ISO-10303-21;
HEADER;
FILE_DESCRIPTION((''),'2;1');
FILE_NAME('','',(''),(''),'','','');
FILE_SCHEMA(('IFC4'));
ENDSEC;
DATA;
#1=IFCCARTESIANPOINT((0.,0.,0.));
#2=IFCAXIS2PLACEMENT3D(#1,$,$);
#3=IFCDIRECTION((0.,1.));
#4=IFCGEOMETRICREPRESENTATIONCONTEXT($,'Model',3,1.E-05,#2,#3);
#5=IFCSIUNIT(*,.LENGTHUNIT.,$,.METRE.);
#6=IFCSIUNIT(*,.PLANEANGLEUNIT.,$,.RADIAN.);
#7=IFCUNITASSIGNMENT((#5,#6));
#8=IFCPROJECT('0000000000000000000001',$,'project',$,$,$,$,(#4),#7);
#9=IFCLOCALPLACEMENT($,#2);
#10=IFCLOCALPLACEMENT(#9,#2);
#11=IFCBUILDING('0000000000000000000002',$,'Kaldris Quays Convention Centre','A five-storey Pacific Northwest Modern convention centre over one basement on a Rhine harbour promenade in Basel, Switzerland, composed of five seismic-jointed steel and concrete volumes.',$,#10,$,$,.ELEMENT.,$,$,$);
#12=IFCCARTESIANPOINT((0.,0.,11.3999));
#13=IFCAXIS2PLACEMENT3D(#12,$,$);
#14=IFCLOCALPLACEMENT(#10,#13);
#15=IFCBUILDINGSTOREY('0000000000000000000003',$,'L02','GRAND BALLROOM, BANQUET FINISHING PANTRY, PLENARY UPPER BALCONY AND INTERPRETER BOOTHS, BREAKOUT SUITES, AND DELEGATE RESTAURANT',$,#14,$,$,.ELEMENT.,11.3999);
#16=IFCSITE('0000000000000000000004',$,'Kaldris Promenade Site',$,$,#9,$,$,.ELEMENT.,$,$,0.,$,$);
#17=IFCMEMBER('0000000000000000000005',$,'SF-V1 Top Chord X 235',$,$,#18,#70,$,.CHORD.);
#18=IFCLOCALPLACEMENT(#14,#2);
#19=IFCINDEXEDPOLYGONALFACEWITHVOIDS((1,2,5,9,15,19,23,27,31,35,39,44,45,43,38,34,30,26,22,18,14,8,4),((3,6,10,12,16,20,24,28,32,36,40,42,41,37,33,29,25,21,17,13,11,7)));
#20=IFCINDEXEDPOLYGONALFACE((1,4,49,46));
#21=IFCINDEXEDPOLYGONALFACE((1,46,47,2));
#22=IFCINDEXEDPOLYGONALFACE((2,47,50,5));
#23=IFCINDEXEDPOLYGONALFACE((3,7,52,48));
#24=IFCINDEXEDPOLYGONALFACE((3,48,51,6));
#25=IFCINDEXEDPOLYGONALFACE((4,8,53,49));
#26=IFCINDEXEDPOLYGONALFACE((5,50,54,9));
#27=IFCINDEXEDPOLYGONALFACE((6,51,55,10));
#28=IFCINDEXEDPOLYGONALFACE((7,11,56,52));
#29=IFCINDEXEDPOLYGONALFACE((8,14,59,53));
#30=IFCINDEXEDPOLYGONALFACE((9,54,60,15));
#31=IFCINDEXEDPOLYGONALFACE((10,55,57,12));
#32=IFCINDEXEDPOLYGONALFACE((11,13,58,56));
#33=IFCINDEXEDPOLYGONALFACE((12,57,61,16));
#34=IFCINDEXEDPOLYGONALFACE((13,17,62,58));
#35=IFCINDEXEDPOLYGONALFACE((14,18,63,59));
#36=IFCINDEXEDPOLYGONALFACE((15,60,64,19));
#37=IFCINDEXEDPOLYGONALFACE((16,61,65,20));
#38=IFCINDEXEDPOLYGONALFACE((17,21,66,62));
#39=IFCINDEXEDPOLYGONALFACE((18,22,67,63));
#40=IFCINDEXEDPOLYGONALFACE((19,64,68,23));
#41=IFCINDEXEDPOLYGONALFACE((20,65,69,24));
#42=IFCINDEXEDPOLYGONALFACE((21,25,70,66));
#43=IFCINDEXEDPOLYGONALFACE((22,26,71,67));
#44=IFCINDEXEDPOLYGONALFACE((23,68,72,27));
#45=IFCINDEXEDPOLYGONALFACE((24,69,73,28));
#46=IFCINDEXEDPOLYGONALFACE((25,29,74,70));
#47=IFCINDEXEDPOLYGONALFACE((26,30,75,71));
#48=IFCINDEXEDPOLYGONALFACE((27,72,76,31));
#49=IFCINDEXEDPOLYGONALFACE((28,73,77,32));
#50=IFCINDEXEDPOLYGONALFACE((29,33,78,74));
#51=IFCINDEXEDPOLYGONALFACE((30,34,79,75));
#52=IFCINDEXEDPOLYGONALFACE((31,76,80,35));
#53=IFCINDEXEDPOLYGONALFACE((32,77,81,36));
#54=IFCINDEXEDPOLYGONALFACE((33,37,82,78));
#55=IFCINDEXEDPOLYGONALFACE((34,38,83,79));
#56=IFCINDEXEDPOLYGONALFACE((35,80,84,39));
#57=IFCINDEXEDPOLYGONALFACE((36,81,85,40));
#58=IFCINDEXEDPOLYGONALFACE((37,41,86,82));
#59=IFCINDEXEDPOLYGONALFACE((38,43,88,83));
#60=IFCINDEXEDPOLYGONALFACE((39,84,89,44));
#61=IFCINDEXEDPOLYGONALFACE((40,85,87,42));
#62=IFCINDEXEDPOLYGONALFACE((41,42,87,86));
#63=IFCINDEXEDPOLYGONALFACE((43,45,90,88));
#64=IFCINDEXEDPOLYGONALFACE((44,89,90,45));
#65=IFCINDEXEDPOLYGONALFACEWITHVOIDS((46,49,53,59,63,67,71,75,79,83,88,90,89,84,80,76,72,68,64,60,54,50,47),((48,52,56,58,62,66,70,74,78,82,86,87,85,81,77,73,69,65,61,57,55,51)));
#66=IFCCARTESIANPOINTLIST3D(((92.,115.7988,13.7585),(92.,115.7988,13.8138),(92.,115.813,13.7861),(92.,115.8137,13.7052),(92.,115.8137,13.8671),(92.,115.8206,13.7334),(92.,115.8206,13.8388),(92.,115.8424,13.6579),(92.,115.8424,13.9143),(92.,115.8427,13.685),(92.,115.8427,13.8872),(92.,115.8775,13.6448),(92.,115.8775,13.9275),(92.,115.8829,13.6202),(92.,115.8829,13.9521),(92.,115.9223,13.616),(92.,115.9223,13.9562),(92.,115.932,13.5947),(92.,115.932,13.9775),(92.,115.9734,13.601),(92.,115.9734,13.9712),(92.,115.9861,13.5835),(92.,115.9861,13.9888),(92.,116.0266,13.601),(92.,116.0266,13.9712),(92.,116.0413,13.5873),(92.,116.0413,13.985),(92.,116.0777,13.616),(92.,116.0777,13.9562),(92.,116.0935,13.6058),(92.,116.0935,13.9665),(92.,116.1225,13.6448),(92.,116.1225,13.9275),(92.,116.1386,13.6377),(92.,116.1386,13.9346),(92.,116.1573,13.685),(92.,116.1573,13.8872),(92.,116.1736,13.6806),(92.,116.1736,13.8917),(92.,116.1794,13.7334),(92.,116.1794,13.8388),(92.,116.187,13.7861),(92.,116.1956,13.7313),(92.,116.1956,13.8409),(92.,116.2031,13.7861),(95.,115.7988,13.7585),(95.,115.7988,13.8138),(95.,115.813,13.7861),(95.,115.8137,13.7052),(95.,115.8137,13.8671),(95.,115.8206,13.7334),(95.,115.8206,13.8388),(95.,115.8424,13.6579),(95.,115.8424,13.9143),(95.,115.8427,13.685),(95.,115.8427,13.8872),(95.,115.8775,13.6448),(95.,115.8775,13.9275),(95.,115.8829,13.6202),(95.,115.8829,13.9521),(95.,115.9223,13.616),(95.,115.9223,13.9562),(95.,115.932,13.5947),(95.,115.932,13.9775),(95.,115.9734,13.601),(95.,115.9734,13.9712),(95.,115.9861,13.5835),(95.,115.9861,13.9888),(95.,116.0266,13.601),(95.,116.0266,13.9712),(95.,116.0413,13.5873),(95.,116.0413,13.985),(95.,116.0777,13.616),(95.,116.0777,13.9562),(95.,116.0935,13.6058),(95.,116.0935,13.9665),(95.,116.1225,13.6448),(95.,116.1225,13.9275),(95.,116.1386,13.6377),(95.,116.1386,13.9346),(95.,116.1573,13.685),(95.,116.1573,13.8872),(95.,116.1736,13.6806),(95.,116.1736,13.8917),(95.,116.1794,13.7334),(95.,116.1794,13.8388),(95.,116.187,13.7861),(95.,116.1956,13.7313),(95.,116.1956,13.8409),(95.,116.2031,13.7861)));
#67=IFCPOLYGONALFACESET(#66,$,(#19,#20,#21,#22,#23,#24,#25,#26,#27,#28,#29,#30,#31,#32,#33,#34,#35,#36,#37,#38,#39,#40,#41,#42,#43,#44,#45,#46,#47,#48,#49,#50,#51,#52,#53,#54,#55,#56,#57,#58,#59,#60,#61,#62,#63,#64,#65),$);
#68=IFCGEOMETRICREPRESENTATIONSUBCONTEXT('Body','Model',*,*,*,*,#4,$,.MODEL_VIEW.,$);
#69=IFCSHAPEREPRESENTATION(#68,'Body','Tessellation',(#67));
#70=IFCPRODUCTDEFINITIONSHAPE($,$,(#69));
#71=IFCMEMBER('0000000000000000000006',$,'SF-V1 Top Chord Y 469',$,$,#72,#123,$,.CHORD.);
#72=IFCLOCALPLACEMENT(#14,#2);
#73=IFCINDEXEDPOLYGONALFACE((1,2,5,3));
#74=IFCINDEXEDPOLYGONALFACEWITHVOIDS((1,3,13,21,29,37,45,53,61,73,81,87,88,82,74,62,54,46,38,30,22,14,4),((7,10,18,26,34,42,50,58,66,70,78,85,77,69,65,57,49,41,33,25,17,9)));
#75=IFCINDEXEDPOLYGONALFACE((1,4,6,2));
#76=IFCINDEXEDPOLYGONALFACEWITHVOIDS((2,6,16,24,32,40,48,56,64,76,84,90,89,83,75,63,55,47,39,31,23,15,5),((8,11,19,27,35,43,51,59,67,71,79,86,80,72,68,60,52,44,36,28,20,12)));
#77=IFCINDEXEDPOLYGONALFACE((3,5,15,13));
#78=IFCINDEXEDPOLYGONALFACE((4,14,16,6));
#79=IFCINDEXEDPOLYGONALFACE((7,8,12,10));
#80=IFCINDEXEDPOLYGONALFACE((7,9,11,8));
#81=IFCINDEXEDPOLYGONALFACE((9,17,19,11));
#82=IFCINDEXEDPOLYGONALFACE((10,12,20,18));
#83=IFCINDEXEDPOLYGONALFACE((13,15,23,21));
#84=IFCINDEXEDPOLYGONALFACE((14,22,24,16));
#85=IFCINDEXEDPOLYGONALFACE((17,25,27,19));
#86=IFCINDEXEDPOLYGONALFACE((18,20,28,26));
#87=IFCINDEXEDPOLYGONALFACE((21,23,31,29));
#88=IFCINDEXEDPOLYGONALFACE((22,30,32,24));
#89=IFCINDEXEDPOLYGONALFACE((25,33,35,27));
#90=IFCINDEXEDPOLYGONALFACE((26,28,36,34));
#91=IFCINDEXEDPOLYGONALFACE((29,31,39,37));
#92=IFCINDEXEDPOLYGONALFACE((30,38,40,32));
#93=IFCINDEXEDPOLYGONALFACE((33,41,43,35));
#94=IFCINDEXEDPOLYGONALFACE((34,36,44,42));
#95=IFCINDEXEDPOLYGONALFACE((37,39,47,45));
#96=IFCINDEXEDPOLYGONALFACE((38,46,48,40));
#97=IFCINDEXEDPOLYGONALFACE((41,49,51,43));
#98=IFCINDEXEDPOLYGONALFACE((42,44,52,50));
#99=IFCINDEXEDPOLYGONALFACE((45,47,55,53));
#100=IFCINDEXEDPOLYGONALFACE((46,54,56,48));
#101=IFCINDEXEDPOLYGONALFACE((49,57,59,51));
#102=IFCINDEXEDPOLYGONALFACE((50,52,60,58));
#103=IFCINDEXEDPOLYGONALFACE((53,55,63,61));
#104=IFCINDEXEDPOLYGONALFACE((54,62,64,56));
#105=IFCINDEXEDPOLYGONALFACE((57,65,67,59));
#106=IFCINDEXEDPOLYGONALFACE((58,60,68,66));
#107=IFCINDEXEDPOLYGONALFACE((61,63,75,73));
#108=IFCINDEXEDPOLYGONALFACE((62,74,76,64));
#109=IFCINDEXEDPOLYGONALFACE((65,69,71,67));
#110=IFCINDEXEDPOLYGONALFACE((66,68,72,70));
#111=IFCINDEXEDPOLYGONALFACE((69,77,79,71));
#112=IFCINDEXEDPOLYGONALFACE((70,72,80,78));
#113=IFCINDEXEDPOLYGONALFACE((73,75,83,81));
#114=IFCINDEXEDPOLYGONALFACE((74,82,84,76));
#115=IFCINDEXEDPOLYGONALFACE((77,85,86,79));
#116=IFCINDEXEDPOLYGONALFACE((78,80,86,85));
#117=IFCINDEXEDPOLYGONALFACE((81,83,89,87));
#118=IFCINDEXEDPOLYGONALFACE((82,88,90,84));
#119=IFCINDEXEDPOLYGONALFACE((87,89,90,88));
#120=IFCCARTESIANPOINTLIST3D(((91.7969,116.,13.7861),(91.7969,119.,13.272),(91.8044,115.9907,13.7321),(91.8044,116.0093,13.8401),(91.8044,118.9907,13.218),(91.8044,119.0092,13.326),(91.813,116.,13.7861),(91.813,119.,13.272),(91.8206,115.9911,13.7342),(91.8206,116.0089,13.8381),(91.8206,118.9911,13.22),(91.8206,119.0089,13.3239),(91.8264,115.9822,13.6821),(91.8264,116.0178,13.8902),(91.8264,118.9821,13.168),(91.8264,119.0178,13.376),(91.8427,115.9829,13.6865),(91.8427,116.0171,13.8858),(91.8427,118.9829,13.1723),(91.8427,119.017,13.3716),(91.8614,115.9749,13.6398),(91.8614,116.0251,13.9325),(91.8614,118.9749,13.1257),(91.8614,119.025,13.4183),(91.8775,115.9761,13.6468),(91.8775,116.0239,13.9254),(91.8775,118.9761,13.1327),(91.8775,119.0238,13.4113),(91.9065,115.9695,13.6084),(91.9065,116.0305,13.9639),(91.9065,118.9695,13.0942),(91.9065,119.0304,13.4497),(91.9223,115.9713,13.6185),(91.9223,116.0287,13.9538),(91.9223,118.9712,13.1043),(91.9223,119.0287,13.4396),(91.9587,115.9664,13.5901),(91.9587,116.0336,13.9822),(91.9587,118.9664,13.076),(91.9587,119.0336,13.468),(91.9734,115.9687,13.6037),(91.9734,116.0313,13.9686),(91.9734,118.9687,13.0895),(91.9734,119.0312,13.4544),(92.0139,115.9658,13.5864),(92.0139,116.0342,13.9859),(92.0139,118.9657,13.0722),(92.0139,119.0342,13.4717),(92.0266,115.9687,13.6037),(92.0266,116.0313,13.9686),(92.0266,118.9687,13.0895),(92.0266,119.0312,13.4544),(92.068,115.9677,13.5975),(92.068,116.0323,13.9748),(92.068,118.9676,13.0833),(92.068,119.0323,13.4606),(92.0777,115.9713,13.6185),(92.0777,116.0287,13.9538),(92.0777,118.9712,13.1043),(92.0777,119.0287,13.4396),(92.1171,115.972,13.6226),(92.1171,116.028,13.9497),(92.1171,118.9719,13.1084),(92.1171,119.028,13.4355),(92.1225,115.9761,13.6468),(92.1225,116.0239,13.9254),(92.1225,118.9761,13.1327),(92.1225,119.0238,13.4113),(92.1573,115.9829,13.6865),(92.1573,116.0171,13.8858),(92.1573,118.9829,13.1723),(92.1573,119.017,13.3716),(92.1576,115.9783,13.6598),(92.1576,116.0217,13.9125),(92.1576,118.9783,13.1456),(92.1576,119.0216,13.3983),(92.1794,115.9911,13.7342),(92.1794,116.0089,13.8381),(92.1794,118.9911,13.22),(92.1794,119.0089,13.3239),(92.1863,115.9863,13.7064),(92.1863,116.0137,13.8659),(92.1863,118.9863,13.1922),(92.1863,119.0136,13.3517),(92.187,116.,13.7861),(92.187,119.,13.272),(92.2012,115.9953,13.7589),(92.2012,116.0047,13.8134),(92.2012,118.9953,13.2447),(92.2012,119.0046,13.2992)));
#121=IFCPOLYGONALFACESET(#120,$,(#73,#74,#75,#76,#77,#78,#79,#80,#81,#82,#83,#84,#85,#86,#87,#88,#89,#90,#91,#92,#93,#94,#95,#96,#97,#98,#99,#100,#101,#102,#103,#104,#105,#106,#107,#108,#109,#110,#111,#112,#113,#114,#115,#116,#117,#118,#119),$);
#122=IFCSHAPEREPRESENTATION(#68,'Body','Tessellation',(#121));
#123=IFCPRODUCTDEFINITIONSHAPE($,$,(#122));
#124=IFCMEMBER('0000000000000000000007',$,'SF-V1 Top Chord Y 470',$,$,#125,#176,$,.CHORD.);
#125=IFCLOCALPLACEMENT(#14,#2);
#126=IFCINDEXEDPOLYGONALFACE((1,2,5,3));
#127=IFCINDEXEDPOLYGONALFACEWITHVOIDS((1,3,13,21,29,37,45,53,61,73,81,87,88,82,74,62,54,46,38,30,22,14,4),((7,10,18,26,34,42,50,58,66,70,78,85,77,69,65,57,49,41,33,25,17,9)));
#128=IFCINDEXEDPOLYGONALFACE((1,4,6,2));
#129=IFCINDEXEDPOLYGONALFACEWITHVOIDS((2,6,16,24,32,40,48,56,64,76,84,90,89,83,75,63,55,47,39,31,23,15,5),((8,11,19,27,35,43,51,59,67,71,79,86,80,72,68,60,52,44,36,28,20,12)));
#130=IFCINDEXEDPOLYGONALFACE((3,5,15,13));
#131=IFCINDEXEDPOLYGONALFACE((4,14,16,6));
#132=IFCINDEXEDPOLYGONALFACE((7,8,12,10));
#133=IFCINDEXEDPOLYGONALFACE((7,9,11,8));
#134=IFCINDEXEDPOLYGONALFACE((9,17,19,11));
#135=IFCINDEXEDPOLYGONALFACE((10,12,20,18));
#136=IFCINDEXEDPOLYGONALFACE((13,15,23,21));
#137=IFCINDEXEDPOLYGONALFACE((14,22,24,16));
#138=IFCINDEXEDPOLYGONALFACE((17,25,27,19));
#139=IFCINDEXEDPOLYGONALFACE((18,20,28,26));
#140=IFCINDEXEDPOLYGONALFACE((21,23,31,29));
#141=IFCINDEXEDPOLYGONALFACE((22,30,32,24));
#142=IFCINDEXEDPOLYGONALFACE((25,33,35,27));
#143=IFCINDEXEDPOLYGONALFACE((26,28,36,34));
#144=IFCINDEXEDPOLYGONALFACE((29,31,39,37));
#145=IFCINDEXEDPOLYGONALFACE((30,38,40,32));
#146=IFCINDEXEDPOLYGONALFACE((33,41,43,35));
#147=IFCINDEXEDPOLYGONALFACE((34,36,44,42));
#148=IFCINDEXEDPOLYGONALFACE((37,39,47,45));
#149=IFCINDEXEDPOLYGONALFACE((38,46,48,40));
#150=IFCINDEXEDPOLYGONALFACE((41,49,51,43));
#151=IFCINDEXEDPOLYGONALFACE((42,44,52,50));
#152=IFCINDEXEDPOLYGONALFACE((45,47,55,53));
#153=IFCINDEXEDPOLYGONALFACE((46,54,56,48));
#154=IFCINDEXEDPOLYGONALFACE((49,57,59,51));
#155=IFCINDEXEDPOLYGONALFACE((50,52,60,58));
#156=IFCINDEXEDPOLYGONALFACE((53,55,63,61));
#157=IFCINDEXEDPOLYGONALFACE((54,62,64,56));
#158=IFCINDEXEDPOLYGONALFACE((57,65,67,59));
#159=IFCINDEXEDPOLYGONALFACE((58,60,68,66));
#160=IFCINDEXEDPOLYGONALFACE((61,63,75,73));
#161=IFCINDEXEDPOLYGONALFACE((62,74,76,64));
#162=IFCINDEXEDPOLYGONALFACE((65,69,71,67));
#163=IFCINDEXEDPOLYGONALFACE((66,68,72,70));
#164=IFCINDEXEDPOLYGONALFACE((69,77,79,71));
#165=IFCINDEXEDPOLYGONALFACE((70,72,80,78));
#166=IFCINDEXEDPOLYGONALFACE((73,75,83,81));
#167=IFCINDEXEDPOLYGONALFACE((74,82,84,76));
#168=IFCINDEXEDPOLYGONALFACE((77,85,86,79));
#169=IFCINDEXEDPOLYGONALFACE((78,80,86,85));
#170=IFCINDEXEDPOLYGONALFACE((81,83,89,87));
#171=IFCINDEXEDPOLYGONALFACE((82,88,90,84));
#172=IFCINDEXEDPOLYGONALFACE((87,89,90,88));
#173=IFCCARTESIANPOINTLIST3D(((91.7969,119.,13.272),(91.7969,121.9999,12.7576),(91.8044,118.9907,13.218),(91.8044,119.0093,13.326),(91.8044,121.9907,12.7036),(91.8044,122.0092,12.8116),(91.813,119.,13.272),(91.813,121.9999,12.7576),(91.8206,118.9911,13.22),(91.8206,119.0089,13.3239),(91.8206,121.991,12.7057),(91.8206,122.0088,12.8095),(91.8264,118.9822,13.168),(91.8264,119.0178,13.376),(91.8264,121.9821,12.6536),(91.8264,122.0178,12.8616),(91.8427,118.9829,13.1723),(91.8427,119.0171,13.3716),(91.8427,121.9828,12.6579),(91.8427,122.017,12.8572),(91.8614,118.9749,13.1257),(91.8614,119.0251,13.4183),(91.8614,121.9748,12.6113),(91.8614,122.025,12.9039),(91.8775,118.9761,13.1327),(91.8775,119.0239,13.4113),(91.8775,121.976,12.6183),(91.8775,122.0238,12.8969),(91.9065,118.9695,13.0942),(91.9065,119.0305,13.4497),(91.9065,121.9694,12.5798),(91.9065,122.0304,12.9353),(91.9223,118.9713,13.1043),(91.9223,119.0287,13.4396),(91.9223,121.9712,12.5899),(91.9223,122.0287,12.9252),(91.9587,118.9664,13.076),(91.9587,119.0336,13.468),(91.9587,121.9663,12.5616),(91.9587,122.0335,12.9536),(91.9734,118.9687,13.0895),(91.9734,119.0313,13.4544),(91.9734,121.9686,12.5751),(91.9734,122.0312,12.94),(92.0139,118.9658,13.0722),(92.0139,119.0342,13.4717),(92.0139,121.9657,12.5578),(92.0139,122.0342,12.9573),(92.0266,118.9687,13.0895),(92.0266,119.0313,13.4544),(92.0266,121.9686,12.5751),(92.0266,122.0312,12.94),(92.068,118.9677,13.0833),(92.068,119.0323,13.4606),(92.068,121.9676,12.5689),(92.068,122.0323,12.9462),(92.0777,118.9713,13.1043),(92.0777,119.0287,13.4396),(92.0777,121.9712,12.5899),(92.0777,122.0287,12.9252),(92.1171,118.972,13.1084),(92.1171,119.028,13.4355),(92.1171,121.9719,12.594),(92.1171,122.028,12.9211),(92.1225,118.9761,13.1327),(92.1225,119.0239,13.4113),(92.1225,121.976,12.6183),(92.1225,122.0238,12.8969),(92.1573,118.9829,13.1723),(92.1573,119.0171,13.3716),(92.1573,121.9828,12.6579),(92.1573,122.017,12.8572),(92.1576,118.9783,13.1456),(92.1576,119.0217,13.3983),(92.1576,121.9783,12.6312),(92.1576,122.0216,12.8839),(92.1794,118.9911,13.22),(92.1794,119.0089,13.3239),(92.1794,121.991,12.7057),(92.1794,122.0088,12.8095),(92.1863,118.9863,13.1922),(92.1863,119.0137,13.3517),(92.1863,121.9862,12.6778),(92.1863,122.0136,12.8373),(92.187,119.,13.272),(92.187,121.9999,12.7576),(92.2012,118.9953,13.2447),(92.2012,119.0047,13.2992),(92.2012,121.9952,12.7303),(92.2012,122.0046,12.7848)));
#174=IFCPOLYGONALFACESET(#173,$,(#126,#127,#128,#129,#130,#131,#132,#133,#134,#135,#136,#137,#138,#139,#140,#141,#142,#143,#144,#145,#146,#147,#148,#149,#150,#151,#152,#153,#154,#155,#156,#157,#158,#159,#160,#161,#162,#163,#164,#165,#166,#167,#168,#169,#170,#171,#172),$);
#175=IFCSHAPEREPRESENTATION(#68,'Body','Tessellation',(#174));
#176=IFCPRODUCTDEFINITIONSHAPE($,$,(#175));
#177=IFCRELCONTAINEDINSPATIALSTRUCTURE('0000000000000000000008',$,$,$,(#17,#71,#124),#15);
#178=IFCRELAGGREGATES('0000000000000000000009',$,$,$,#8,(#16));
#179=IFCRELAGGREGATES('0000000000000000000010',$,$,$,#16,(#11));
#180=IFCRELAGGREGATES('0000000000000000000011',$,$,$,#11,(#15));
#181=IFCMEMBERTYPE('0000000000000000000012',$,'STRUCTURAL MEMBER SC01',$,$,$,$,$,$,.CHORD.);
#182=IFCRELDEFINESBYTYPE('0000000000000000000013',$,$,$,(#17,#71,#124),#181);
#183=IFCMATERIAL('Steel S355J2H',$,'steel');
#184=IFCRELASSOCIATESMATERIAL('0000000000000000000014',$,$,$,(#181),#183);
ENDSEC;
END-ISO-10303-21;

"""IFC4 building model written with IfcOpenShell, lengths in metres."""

from ifc_helpers import new_model, si_unit, direction, frame, origin, origin_2d, place, context, subcontext, project, spatial, hollow_circle, extrude, material, material_profile, profile_set, type_object, element, save


model = new_model("IFC4")

# Units and contexts
model_context = context("Model", 3, precision=1e-05, world=origin(), true_north=direction((0.0, 1.0)))
body_context = subcontext(model_context, "Body", "Model", "MODEL_VIEW")
ifc_project = project(units=[si_unit("LENGTHUNIT", "METRE"), si_unit("PLANEANGLEUNIT", "RADIAN")], contexts=[model_context])

# Site, building, storey
site_placement = place(None, origin())
site = spatial("IfcSite", under=ifc_project, at=site_placement, Name="Kaldris Promenade Site", CompositionType="ELEMENT", RefElevation=0.0)
building_placement = place(site_placement, origin())
building = spatial("IfcBuilding", under=site, at=building_placement, Name="Kaldris Quays Convention Centre", Description="A five-storey Pacific Northwest Modern convention centre over one basement on a Rhine harbour promenade in Basel, Switzerland, composed of five seismic-jointed steel and concrete volumes.", CompositionType="ELEMENT")
storey_placement = place(building_placement, frame((0.0, 0.0, 11.3999)))
storey = spatial("IfcBuildingStorey", under=building, at=storey_placement, Name="L02", Description="GRAND BALLROOM, BANQUET FINISHING PANTRY, PLENARY UPPER BALCONY AND INTERPRETER BOOTHS, BREAKOUT SUITES, AND DELEGATE RESTAURANT", CompositionType="ELEMENT", Elevation=11.3999)

# Members
ifc_material_1 = material(Name="Steel S355J2H", Category="steel")
ifc_material_profile_1 = material_profile(ifc_material_1, hollow_circle(Radius=0.2031, WallThickness=0.0161, at=origin_2d()), Name="CHS 406.4x16")
ifc_profile_set_1 = profile_set([ifc_material_profile_1], Name="Steel S355J2H")
member_type_1 = type_object("IfcMemberType", Name="STRUCTURAL MEMBER SC01", PredefinedType="CHORD", material=ifc_profile_set_1)
for number, where, z_axis, x_axis, name in (
    (1, (92.0, 116.0, 13.7861), (1.0, 0.0, 0.0), (0.0, 1.0, 0.0), "SF-V1 Top Chord X 235"),
):
    element("IfcMember", number, at=place(storey_placement, frame(where, z_axis=z_axis, x_axis=x_axis)), inside=storey, type_object=member_type_1, Name=name, PredefinedType="CHORD", context=body_context, shape_type="SweptSolid", body=[
        extrude(hollow_circle(Radius=0.2031, WallThickness=0.0161, at=origin_2d()), origin(), (0.0, 0.0, 1.0), 3.0),
    ])
for number, where, z_axis, x_axis, name in (
    (2, (92.0, 116.0, 13.7861), (0.0, 0.985629, -0.168924), (-1.0, 0.0, 0.0), "SF-V1 Top Chord Y 469"),
    (3, (92.0, 119.0, 13.272), (0.0, 0.985616, -0.169002), (-1.0, 0.0, 0.0), "SF-V1 Top Chord Y 470"),
):
    element("IfcMember", number, at=place(storey_placement, frame(where, z_axis=z_axis, x_axis=x_axis)), inside=storey, type_object=member_type_1, Name=name, PredefinedType="CHORD", context=body_context, shape_type="SweptSolid", body=[
        extrude(hollow_circle(Radius=0.2031, WallThickness=0.0161, at=origin_2d()), origin(), (0.0, 0.0, 1.0), 3.0437),
    ])

save(model, "model.ifc")
